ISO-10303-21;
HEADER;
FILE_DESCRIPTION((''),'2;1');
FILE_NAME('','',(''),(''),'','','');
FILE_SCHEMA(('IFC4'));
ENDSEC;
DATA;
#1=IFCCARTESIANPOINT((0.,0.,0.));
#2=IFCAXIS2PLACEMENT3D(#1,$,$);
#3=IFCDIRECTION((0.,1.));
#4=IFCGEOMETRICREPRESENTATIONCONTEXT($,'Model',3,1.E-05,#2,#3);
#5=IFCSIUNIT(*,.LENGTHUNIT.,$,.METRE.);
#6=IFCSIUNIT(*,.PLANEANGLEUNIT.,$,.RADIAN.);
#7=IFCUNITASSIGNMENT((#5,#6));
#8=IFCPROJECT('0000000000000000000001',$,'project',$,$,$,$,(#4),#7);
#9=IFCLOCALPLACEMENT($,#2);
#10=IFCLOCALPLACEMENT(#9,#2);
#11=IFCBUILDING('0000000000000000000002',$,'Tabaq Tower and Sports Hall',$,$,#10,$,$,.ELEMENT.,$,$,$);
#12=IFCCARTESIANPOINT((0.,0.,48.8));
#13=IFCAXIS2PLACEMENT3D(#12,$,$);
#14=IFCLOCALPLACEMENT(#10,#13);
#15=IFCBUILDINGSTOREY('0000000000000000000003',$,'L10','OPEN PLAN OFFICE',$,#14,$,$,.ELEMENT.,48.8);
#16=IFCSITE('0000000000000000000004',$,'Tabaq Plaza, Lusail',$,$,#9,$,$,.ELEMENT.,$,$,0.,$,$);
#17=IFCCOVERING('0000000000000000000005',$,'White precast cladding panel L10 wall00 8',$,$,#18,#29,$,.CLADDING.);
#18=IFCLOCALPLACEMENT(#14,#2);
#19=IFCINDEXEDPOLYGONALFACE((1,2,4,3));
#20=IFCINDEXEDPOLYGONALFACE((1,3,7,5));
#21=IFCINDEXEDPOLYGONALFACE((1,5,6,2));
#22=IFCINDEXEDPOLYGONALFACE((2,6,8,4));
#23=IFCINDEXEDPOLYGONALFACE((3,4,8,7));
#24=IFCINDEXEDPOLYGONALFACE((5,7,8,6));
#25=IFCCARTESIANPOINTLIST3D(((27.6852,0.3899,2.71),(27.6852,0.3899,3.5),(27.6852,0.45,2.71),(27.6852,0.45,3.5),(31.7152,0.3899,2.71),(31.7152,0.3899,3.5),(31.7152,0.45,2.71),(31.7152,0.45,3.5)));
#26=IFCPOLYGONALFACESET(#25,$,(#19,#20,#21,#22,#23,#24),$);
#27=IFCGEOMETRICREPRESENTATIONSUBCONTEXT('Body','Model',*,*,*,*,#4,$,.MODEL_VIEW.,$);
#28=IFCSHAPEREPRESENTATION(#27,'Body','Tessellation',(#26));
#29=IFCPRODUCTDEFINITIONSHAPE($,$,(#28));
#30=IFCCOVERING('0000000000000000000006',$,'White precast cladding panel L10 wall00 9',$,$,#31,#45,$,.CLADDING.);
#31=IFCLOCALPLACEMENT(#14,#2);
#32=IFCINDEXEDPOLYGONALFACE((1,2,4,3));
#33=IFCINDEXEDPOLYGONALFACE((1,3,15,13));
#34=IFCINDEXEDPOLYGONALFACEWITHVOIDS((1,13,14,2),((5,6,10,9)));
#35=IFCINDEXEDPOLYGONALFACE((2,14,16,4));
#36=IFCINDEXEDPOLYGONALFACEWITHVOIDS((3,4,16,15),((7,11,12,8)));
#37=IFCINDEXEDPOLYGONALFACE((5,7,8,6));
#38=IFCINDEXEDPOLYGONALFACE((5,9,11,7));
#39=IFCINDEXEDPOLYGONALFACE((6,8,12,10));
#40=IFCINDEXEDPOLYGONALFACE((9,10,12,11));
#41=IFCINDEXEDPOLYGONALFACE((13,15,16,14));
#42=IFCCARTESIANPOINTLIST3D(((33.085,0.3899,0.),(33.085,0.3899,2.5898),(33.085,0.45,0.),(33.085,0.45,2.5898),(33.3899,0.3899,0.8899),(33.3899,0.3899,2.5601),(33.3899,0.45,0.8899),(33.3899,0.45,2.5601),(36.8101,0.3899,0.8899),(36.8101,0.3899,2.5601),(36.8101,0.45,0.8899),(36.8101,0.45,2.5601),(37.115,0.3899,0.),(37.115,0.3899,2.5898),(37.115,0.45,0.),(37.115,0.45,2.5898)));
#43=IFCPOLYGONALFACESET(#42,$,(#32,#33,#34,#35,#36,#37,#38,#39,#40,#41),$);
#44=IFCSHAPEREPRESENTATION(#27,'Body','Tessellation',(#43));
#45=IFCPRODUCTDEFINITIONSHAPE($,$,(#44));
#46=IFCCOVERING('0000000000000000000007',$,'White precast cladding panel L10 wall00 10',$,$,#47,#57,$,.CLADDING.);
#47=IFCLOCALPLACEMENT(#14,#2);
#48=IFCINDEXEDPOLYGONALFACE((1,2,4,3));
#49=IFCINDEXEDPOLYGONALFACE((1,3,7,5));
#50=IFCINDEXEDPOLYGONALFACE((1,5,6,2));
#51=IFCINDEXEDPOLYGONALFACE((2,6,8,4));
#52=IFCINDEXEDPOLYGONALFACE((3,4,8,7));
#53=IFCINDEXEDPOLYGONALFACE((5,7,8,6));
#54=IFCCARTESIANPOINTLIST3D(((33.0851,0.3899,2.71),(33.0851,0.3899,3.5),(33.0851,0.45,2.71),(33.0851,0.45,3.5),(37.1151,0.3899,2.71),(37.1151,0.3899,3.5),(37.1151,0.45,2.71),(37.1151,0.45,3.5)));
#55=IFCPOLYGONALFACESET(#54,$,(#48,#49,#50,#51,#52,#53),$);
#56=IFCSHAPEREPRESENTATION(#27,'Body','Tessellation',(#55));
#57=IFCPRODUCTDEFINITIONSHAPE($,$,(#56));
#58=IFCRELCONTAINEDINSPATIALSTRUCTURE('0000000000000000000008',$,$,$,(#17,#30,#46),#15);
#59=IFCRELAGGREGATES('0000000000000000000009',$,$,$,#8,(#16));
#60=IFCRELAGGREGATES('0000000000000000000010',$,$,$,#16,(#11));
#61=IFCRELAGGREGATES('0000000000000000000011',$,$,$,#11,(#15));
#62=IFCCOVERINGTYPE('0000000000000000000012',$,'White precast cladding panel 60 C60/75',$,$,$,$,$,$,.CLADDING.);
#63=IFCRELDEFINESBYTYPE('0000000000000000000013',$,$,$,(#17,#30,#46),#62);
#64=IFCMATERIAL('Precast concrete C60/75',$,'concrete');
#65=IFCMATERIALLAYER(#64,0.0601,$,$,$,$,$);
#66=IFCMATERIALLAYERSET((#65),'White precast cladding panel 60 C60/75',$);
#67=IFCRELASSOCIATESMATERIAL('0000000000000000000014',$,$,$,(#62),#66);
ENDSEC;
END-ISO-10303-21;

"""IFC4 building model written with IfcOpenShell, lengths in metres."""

from ifc_helpers import new_model, si_unit, direction, frame, frame_2d, origin, place, context, subcontext, project, spatial, polyline, rectangle, outline, extrude, material, layer, layer_set, type_object, element, save


model = new_model("IFC4")

# Units and contexts
model_context = context("Model", 3, precision=1e-05, world=origin(), true_north=direction((0.0, 1.0)))
body_context = subcontext(model_context, "Body", "Model", "MODEL_VIEW")
ifc_project = project(units=[si_unit("LENGTHUNIT", "METRE"), si_unit("PLANEANGLEUNIT", "RADIAN")], contexts=[model_context])

# Site, building, storey
site_placement = place(None, origin())
site = spatial("IfcSite", under=ifc_project, at=site_placement, Name="Tabaq Plaza, Lusail", CompositionType="ELEMENT", RefElevation=0.0)
building_placement = place(site_placement, origin())
building = spatial("IfcBuilding", under=site, at=building_placement, Name="Tabaq Tower and Sports Hall", CompositionType="ELEMENT")
storey_placement = place(building_placement, frame((0.0, 0.0, 48.8)))
storey = spatial("IfcBuildingStorey", under=building, at=storey_placement, Name="L10", Description="OPEN PLAN OFFICE", CompositionType="ELEMENT", Elevation=48.8)

# Coverings
ifc_material_1 = material(Name="Precast concrete C60/75", Category="concrete")
ifc_layer_1 = layer(ifc_material_1, 0.0601)
ifc_layer_set_1 = layer_set([ifc_layer_1], Name="White precast cladding panel 60 C60/75")
covering_type_1 = type_object("IfcCoveringType", Name="White precast cladding panel 60 C60/75", PredefinedType="CLADDING", material=ifc_layer_set_1)
covering_1_placement = place(storey_placement, frame((27.6851, 0.4199, 2.71), z_axis=(0.0, 0.0, 1.0), x_axis=(1.0, 0.0, 0.0)))
element("IfcCovering", 1, at=covering_1_placement, inside=storey, type_object=covering_type_1, Name="White precast cladding panel L10 wall00 8", PredefinedType="CLADDING", context=body_context, shape_type="SweptSolid", body=[
    extrude(rectangle(XDim=4.03, YDim=0.0601, at=frame_2d((2.0151, 0.0))), origin(), (0.0, 0.0, 1.0), 0.79),
])
covering_2_placement = place(storey_placement, frame((33.085, 0.4199, 0.0), z_axis=(0.0, 0.0, 1.0), x_axis=(1.0, 0.0, 0.0)))
element("IfcCovering", 2, at=covering_2_placement, inside=storey, type_object=covering_type_1, Name="White precast cladding panel L10 wall00 9", PredefinedType="CLADDING", context=body_context, shape_type="SweptSolid", body=[
    extrude(outline(polyline([(0.0, 0.0), (4.03, 0.0), (4.03, 2.5898), (0.0, 2.5898), (0.0, 0.0)]), holes=[polyline([(3.7251, 0.8899), (0.3049, 0.8899), (0.3049, 2.5601), (3.7251, 2.5601), (3.7251, 0.8899)])]), frame((0.0, 0.03, 0.0), z_axis=(0.0, -1.0, 0.0), x_axis=(1.0, 0.0, 0.0)), (0.0, 0.0, 1.0), 0.0601),
])
covering_3_placement = place(storey_placement, frame((33.085, 0.4199, 2.71), z_axis=(0.0, 0.0, 1.0), x_axis=(1.0, 0.0, 0.0)))
element("IfcCovering", 3, at=covering_3_placement, inside=storey, type_object=covering_type_1, Name="White precast cladding panel L10 wall00 10", PredefinedType="CLADDING", context=body_context, shape_type="SweptSolid", body=[
    extrude(rectangle(XDim=4.03, YDim=0.0601, at=frame_2d((2.0151, 0.0))), origin(), (0.0, 0.0, 1.0), 0.79),
])

save(model, "model.ifc")
